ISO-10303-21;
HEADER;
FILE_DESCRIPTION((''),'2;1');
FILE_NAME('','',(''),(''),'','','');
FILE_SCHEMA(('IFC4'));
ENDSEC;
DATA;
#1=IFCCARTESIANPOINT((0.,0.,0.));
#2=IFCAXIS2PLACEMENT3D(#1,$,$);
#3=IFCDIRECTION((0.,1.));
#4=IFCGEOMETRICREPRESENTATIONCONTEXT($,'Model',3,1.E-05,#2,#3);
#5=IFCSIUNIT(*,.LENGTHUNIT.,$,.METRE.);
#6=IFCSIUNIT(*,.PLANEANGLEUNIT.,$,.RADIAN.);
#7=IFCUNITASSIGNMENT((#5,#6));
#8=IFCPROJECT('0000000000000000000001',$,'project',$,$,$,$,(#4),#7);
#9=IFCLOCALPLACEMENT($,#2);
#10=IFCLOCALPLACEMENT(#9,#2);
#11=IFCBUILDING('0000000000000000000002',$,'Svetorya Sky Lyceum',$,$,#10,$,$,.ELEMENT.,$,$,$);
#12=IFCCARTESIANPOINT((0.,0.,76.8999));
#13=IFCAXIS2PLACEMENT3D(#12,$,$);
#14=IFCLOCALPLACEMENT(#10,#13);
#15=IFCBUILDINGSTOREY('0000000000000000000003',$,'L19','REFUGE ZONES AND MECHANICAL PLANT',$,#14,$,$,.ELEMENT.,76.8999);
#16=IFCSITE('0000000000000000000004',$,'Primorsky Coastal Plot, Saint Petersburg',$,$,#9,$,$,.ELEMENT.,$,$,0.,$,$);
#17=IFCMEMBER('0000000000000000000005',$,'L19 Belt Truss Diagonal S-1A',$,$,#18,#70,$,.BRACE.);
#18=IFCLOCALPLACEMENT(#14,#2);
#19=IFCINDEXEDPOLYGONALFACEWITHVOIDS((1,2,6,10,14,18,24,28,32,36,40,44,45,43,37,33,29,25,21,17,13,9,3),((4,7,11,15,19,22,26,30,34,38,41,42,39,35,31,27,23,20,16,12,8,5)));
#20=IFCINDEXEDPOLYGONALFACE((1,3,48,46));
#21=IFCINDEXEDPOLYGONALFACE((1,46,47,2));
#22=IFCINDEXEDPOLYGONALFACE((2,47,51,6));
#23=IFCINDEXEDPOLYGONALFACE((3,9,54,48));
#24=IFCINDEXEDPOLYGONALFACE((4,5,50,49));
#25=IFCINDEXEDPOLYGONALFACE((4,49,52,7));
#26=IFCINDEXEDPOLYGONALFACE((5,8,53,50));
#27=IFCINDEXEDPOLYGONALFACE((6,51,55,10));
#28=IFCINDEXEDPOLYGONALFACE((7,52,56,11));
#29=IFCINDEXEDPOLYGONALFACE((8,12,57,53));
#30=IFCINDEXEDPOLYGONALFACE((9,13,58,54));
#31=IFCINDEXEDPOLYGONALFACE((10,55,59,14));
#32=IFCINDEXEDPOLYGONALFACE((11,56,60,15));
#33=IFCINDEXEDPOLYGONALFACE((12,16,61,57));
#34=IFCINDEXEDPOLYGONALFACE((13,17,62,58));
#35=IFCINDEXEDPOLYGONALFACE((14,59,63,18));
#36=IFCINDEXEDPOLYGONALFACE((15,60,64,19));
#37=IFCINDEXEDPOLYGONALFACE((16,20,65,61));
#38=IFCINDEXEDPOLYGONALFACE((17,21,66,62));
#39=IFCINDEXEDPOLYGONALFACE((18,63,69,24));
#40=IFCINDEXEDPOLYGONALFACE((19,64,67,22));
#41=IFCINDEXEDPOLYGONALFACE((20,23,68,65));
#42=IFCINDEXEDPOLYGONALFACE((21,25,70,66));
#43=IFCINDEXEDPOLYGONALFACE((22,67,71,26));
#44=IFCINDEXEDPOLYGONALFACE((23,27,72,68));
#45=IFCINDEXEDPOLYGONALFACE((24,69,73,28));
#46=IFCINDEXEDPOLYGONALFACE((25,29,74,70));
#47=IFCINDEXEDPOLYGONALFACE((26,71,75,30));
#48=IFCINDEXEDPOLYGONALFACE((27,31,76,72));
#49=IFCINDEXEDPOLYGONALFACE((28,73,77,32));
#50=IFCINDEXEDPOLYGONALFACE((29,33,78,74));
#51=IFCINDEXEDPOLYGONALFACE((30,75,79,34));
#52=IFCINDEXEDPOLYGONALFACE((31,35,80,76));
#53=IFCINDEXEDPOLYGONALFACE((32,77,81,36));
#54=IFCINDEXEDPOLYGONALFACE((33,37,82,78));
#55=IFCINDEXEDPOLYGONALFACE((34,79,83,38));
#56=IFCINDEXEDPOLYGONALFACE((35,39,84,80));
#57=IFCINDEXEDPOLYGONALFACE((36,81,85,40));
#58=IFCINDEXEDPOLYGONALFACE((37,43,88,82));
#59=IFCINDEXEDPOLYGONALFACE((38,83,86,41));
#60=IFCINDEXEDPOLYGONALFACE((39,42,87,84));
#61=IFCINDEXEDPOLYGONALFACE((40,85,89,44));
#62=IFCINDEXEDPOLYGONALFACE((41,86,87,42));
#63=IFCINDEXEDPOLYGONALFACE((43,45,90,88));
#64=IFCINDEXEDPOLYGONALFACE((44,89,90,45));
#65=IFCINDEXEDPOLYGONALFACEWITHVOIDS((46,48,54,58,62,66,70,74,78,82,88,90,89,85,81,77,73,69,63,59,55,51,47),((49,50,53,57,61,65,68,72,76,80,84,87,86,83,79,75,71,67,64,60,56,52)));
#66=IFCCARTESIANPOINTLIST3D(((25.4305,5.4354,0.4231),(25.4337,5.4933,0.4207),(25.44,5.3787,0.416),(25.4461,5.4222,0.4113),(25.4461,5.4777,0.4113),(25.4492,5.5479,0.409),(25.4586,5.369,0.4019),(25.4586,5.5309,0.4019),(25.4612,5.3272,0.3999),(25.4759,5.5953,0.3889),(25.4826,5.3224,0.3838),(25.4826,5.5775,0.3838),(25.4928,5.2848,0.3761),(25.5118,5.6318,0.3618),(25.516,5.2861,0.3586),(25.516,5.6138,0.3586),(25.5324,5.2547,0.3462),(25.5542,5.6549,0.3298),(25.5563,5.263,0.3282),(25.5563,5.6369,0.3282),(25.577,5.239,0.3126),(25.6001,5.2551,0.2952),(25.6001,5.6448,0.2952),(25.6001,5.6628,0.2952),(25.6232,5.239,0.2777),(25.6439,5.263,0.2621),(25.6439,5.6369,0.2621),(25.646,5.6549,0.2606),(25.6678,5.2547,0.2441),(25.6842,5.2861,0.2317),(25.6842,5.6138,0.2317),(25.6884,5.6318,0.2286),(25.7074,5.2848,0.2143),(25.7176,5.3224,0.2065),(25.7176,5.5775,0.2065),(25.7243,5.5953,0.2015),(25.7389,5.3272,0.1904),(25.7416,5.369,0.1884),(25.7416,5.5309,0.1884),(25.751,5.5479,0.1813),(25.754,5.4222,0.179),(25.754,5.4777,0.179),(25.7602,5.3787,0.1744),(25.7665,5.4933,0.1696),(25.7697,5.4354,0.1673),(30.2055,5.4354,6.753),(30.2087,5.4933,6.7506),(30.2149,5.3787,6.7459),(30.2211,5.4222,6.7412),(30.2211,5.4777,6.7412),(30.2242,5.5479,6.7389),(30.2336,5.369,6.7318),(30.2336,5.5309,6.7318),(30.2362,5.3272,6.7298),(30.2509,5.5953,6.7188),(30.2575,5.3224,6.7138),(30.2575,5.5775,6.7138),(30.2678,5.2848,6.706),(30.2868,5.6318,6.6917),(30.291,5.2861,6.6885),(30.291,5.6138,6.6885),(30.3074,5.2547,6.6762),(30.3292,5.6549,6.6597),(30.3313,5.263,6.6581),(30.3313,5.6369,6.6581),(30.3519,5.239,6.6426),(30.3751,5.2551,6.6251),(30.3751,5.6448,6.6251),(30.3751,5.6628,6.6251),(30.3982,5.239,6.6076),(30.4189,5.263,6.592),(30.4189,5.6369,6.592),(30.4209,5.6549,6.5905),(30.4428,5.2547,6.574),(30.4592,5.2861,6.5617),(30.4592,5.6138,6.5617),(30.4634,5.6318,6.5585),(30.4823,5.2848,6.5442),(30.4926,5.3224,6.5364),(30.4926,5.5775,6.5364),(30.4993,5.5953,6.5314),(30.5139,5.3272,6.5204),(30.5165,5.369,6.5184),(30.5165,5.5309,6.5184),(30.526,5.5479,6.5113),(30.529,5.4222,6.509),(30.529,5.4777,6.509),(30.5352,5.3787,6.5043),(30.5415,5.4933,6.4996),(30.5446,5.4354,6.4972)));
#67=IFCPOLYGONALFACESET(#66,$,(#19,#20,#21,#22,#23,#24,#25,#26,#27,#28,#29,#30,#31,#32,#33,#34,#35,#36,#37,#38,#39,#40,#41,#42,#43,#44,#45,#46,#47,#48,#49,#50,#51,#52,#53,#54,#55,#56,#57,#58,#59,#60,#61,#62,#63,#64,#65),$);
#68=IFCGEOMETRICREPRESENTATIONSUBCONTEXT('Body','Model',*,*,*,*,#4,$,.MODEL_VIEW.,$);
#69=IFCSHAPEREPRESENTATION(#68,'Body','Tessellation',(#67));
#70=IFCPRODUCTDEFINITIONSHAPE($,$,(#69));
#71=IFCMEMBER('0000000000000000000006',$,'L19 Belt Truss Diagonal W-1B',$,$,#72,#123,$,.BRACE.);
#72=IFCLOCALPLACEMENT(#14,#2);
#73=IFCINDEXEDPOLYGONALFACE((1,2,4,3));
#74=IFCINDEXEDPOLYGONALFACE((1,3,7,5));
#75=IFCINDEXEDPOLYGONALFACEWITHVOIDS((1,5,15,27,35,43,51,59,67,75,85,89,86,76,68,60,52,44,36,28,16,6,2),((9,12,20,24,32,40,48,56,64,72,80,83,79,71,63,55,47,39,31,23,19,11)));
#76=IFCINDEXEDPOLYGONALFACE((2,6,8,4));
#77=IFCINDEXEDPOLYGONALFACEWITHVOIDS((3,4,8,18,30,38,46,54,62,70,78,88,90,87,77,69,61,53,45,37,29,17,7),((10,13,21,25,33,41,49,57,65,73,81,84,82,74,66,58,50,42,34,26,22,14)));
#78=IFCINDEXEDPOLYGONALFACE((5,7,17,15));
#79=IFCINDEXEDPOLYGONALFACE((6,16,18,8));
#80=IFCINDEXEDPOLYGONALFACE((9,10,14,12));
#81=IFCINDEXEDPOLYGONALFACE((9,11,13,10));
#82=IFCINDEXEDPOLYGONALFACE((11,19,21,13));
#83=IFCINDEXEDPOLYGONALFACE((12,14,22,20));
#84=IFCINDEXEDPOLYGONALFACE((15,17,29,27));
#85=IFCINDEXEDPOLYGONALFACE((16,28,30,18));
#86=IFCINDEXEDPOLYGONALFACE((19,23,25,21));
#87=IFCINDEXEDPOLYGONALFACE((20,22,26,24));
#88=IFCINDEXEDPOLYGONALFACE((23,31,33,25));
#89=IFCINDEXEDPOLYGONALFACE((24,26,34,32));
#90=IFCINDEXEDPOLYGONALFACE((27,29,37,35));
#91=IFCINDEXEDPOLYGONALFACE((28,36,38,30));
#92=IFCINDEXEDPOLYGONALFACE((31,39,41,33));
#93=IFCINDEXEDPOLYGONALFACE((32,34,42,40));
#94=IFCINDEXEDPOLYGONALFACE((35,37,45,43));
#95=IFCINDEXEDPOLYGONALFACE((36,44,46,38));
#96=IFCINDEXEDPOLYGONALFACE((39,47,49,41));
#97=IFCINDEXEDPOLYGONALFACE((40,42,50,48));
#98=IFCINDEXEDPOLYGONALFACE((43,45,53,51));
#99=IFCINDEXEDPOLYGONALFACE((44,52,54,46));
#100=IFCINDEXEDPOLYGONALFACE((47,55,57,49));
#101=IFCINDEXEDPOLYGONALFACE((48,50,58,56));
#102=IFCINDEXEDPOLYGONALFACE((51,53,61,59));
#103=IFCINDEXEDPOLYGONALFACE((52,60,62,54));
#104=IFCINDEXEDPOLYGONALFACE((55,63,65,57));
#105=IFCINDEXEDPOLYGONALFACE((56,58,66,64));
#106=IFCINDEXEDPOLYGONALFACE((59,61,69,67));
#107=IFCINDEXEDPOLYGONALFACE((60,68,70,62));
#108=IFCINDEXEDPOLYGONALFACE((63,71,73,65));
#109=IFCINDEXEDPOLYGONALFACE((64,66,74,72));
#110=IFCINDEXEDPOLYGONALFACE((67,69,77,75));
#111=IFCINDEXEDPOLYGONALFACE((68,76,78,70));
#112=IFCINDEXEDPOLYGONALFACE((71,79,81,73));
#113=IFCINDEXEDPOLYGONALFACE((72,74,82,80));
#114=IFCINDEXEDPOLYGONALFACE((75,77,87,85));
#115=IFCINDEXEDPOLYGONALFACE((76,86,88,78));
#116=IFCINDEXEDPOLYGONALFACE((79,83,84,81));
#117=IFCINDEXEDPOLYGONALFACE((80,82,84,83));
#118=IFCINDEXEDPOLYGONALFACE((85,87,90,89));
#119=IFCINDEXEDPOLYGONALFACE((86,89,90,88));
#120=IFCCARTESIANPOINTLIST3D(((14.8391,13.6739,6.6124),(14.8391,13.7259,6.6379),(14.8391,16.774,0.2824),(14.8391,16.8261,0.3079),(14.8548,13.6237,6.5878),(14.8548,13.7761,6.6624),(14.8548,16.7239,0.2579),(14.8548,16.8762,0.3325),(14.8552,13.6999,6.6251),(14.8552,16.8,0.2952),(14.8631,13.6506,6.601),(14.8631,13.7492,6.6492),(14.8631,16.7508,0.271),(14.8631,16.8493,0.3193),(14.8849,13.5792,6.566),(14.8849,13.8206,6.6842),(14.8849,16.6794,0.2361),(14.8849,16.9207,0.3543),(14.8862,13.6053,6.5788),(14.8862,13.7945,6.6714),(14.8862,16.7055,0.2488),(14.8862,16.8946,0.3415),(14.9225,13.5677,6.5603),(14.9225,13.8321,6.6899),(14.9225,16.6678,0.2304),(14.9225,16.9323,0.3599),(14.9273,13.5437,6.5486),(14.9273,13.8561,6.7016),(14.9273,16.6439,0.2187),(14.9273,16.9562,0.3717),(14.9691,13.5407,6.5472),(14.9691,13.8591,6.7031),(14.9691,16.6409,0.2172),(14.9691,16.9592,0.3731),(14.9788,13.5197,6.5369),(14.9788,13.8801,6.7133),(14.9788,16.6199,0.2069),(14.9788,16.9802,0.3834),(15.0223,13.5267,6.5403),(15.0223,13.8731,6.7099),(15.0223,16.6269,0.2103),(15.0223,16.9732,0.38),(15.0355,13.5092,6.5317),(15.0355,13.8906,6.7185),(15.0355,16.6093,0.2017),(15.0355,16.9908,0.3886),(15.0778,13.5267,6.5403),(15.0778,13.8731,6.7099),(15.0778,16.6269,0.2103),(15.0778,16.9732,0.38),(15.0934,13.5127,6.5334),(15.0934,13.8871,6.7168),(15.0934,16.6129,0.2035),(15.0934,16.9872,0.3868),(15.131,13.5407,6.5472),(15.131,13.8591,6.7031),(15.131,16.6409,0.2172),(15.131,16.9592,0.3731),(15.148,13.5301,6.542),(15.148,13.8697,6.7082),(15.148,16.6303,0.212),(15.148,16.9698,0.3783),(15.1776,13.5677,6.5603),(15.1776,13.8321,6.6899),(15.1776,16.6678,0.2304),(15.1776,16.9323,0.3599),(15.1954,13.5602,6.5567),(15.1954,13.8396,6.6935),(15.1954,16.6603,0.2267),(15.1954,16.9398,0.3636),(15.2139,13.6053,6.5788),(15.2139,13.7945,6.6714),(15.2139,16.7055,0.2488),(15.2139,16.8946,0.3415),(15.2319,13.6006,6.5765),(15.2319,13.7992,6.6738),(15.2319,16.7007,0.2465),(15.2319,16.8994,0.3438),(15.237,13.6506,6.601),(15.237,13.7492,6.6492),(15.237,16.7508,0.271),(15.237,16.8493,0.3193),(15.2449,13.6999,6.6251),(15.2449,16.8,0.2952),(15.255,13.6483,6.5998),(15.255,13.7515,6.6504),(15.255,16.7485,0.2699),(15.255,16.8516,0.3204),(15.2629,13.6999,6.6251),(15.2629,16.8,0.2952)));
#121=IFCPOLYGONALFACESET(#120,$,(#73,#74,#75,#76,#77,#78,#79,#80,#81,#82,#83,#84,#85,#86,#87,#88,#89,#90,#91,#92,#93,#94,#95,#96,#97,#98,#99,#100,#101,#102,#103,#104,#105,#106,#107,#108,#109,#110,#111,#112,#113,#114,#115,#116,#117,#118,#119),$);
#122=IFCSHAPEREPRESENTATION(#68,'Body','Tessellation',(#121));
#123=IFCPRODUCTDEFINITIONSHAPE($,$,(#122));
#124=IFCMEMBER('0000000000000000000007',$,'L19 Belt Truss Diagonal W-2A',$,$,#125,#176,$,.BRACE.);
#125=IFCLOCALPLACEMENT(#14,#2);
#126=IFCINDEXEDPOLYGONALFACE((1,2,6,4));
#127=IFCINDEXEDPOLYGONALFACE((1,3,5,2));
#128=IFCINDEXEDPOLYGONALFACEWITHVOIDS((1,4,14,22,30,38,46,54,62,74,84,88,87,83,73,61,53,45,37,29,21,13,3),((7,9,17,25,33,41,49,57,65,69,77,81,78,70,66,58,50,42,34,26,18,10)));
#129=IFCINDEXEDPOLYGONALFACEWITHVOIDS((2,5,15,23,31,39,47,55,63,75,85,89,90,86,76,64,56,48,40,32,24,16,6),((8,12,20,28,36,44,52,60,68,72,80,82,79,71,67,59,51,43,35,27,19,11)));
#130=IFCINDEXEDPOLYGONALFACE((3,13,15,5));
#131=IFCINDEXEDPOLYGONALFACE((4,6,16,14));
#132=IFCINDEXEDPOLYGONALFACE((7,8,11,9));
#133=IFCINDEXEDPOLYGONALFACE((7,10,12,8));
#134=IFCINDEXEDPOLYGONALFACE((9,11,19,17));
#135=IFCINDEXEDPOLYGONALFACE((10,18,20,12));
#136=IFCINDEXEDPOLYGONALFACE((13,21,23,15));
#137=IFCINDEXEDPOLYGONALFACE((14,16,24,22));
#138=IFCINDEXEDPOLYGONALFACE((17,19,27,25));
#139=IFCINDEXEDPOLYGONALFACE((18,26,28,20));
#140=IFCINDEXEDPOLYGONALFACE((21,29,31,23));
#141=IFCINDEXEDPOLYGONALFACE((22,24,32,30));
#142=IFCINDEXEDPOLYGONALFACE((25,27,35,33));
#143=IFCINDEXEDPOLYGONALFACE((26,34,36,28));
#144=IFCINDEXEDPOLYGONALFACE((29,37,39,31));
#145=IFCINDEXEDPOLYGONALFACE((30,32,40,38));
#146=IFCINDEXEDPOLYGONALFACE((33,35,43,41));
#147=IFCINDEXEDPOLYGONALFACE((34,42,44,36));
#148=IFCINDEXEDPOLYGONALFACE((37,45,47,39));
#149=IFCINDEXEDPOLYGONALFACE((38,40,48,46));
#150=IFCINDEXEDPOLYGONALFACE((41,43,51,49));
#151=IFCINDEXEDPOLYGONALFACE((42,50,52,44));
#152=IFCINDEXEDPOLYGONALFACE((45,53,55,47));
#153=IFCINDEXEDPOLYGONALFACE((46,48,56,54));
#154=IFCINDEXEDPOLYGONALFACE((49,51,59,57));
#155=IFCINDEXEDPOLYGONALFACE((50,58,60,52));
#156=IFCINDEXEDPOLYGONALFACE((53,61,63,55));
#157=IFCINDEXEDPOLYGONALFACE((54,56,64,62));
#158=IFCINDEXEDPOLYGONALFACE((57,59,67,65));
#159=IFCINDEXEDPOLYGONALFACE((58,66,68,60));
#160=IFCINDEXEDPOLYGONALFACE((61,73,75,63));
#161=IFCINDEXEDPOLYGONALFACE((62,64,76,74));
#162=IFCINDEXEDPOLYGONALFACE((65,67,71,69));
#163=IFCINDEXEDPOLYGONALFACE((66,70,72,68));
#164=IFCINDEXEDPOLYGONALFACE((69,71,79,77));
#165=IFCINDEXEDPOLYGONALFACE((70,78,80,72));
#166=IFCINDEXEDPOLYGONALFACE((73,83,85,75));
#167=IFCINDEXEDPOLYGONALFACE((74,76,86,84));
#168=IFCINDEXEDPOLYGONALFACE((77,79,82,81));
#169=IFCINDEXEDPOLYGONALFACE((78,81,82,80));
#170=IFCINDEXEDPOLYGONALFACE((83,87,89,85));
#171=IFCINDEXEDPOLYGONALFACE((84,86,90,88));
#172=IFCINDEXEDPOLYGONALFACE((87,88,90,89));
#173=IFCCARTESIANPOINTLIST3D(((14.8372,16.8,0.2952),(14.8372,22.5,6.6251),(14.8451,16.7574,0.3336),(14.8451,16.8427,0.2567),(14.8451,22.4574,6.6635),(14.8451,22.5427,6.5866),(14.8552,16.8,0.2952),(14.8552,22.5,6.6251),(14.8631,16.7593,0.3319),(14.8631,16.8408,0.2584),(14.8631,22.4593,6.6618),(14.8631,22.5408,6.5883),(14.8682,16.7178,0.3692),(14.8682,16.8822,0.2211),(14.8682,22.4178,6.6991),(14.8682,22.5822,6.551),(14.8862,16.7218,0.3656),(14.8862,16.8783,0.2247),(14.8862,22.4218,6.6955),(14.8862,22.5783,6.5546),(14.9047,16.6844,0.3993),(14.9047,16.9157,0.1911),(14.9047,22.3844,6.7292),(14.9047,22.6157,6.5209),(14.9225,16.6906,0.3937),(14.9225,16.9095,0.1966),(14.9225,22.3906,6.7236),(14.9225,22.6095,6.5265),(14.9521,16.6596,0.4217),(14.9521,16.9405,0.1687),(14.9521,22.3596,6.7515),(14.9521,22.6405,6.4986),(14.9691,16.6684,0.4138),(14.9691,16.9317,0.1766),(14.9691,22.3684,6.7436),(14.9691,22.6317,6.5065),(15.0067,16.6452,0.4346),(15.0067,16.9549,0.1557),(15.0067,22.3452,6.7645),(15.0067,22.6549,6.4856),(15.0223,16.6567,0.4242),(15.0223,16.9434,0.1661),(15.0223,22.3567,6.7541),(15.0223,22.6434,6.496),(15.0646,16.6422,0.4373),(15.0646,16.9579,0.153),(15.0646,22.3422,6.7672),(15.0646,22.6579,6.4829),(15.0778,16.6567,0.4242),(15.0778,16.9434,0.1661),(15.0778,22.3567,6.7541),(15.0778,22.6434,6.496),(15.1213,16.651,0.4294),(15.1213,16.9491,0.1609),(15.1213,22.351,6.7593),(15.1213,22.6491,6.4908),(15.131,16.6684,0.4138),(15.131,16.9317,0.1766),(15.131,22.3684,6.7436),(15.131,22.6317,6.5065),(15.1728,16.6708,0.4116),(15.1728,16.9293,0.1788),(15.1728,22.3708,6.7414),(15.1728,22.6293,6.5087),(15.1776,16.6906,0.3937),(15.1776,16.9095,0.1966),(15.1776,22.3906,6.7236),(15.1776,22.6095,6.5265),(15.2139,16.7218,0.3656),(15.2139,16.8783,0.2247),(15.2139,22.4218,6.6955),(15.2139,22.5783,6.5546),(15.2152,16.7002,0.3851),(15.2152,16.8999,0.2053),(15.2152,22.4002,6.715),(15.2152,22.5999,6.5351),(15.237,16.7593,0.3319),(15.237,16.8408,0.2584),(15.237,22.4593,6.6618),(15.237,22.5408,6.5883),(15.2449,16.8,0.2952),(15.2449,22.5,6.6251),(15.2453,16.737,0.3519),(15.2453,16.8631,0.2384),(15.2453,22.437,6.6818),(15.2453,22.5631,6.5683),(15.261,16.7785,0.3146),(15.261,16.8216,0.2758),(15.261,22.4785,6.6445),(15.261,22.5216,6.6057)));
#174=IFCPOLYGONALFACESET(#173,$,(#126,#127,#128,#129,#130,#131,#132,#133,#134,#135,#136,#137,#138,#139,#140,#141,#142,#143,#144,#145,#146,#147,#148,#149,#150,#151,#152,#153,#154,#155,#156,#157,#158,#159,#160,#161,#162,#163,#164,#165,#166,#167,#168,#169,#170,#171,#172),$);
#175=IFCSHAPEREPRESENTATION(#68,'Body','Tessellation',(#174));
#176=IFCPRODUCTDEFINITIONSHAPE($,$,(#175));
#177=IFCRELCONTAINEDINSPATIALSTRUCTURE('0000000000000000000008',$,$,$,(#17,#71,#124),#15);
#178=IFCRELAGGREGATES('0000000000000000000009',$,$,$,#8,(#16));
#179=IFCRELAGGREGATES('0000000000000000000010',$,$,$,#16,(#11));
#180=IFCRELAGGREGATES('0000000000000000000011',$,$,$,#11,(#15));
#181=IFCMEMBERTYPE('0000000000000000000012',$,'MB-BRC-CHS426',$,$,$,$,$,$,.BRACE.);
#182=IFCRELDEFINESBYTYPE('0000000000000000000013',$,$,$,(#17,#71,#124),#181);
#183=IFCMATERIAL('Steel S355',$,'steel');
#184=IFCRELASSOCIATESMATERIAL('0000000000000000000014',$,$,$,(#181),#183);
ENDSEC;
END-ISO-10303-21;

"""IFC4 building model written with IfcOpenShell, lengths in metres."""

from ifc_helpers import new_model, si_unit, direction, frame, origin, origin_2d, place, context, subcontext, project, spatial, hollow_circle, extrude, material, material_profile, profile_set, type_object, element, save


model = new_model("IFC4")

# Units and contexts
model_context = context("Model", 3, precision=1e-05, world=origin(), true_north=direction((0.0, 1.0)))
body_context = subcontext(model_context, "Body", "Model", "MODEL_VIEW")
ifc_project = project(units=[si_unit("LENGTHUNIT", "METRE"), si_unit("PLANEANGLEUNIT", "RADIAN")], contexts=[model_context])

# Site, building, storey
site_placement = place(None, origin())
site = spatial("IfcSite", under=ifc_project, at=site_placement, Name="Primorsky Coastal Plot, Saint Petersburg", CompositionType="ELEMENT", RefElevation=0.0)
building_placement = place(site_placement, origin())
building = spatial("IfcBuilding", under=site, at=building_placement, Name="Svetorya Sky Lyceum", CompositionType="ELEMENT")
storey_placement = place(building_placement, frame((0.0, 0.0, 76.8999)))
storey = spatial("IfcBuildingStorey", under=building, at=storey_placement, Name="L19", Description="REFUGE ZONES AND MECHANICAL PLANT", CompositionType="ELEMENT", Elevation=76.8999)

# Shared definitions
ifc_material_1 = material(Name="Steel S355", Category="steel")

# Members
ifc_material_profile_1 = material_profile(ifc_material_1, hollow_circle(Radius=0.2129, WallThickness=0.0181, at=origin_2d()), Name="CHS 426x18")
ifc_profile_set_1 = profile_set([ifc_material_profile_1], Name="Steel S355")
member_type_1 = type_object("IfcMemberType", Name="MB-BRC-CHS426", PredefinedType="BRACE", material=ifc_profile_set_1)
member_1_placement = place(storey_placement, frame((25.6001, 5.45, 0.2952), z_axis=(0.60222, 0.0, 0.79833), x_axis=(0.0, 1.0, 0.0)))
element("IfcMember", 1, at=member_1_placement, inside=storey, type_object=member_type_1, Name="L19 Belt Truss Diagonal S-1A", PredefinedType="BRACE", context=body_context, shape_type="SweptSolid", body=[
    extrude(hollow_circle(Radius=0.2129, WallThickness=0.0181, at=origin_2d()), origin(), (0.0, 0.0, 1.0), 7.929),
])
member_2_placement = place(storey_placement, frame((15.05, 16.8, 0.2952), z_axis=(0.0, -0.439841, 0.898076), x_axis=(1.0, 0.0, 0.0)))
element("IfcMember", 2, at=member_2_placement, inside=storey, type_object=member_type_1, Name="L19 Belt Truss Diagonal W-1B", PredefinedType="BRACE", context=body_context, shape_type="SweptSolid", body=[
    extrude(hollow_circle(Radius=0.2129, WallThickness=0.0181, at=origin_2d()), origin(), (0.0, 0.0, 1.0), 7.0483),
])
member_3_placement = place(storey_placement, frame((15.05, 16.8, 0.2952), z_axis=(0.0, 0.669166, 0.743113), x_axis=(-1.0, 0.0, 0.0)))
element("IfcMember", 3, at=member_3_placement, inside=storey, type_object=member_type_1, Name="L19 Belt Truss Diagonal W-2A", PredefinedType="BRACE", context=body_context, shape_type="SweptSolid", body=[
    extrude(hollow_circle(Radius=0.2129, WallThickness=0.0181, at=origin_2d()), origin(), (0.0, 0.0, 1.0), 8.5181),
])

save(model, "model.ifc")
